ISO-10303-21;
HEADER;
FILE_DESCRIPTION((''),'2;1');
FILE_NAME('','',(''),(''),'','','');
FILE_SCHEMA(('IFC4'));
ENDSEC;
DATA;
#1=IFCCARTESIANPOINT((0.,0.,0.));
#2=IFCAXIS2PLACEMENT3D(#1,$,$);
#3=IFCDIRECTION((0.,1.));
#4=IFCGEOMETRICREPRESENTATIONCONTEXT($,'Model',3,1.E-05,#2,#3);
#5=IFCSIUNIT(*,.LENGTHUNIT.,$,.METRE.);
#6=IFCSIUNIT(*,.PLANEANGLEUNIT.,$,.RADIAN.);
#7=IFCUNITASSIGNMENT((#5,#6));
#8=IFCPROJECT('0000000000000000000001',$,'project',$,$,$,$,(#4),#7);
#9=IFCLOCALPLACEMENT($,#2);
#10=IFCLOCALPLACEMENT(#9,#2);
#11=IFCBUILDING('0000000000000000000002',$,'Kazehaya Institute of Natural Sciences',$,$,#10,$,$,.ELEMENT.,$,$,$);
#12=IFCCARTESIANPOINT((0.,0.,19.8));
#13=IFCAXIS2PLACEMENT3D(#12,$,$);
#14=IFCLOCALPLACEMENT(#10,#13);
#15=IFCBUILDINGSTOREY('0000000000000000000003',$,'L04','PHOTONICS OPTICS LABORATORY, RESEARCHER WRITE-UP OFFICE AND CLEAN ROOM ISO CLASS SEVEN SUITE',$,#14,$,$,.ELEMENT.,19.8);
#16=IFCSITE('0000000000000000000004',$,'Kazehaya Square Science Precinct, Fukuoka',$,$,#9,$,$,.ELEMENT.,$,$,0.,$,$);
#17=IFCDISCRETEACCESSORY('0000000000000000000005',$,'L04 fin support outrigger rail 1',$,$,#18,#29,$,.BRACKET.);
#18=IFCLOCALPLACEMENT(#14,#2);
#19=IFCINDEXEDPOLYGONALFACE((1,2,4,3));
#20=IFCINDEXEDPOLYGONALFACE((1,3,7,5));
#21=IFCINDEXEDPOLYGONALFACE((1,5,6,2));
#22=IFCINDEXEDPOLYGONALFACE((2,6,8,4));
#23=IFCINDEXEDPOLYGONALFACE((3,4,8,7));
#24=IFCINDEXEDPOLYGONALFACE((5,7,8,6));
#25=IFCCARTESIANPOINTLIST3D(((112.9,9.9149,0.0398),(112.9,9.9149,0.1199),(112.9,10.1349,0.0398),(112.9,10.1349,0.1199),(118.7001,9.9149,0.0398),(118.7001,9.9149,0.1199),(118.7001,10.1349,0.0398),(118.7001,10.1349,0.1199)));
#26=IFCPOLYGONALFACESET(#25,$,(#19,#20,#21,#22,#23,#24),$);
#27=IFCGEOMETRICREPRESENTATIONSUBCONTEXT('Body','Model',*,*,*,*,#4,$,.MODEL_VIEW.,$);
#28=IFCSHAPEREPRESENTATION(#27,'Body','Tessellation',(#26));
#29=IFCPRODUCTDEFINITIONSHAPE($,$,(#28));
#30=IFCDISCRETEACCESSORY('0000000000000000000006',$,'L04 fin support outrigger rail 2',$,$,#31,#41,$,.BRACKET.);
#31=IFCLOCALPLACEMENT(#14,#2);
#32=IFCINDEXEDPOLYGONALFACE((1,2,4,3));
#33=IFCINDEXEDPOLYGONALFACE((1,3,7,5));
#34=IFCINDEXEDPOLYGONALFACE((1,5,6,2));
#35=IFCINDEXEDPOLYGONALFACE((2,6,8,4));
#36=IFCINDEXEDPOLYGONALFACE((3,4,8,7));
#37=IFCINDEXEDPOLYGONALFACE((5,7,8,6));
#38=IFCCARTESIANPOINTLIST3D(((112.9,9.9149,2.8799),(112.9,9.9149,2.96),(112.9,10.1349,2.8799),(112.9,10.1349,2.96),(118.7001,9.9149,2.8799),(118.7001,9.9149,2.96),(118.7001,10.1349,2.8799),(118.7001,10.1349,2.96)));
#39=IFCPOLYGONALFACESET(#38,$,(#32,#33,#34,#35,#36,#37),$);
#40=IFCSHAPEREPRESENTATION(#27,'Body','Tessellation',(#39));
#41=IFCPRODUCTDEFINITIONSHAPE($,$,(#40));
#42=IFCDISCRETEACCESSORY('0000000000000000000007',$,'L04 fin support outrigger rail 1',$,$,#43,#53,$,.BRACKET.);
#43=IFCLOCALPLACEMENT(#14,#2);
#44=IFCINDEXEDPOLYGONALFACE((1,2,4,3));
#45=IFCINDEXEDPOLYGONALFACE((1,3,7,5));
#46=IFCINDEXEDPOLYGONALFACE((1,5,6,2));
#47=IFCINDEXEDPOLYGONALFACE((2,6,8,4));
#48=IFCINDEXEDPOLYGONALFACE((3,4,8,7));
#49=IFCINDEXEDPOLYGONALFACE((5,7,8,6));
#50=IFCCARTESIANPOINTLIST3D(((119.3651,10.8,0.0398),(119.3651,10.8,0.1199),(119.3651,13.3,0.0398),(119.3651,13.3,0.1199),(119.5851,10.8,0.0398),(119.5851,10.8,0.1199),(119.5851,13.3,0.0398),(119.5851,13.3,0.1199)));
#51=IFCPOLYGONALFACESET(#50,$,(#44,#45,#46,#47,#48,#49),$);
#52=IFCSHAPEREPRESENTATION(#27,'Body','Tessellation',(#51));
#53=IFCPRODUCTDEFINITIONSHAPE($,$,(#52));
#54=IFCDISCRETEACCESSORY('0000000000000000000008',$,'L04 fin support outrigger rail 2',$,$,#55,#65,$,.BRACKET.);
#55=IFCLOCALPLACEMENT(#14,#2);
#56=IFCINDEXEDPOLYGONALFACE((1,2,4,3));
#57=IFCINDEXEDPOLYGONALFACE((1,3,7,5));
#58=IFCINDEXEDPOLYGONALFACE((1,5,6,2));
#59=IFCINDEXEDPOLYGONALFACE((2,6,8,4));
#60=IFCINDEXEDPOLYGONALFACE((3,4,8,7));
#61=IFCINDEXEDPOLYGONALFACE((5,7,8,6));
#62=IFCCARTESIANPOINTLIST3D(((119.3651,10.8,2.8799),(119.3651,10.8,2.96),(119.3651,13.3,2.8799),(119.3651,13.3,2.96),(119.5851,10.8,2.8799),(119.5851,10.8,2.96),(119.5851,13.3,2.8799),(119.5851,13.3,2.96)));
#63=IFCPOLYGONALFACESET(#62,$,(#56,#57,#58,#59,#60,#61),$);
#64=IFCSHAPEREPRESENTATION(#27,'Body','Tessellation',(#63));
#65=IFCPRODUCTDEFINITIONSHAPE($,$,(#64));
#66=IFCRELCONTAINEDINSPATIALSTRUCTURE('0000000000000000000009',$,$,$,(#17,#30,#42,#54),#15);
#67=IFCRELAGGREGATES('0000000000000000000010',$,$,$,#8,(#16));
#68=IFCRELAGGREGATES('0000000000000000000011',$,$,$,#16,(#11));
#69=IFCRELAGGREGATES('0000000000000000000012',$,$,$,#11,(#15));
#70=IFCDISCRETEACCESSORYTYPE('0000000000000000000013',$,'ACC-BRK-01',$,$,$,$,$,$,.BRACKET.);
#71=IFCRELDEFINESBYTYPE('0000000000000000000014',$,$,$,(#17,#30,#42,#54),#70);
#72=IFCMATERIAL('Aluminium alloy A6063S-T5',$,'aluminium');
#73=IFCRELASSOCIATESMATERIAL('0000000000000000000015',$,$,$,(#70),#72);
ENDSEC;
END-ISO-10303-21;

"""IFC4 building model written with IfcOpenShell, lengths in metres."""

from ifc_helpers import new_model, si_unit, direction, frame, origin, origin_2d, place, context, subcontext, project, spatial, rectangle, extrude, material, type_object, element, save


model = new_model("IFC4")

# Units and contexts
model_context = context("Model", 3, precision=1e-05, world=origin(), true_north=direction((0.0, 1.0)))
body_context = subcontext(model_context, "Body", "Model", "MODEL_VIEW")
ifc_project = project(units=[si_unit("LENGTHUNIT", "METRE"), si_unit("PLANEANGLEUNIT", "RADIAN")], contexts=[model_context])

# Site, building, storey
site_placement = place(None, origin())
site = spatial("IfcSite", under=ifc_project, at=site_placement, Name="Kazehaya Square Science Precinct, Fukuoka", CompositionType="ELEMENT", RefElevation=0.0)
building_placement = place(site_placement, origin())
building = spatial("IfcBuilding", under=site, at=building_placement, Name="Kazehaya Institute of Natural Sciences", CompositionType="ELEMENT")
storey_placement = place(building_placement, frame((0.0, 0.0, 19.8)))
storey = spatial("IfcBuildingStorey", under=building, at=storey_placement, Name="L04", Description="PHOTONICS OPTICS LABORATORY, RESEARCHER WRITE-UP OFFICE AND CLEAN ROOM ISO CLASS SEVEN SUITE", CompositionType="ELEMENT", Elevation=19.8)

# Shared definitions
ifc_material_1 = material(Name="Aluminium alloy A6063S-T5", Category="aluminium")

# Discrete accessories
discrete_accessory_type = type_object("IfcDiscreteAccessoryType", Name="ACC-BRK-01", PredefinedType="BRACKET", material=ifc_material_1)
for number, where, z_axis, x_axis, name in (
    (1, (115.8, 10.0249, 0.0398), (0.0, 0.0, 1.0), (-1.0, 0.0, 0.0), "L04 fin support outrigger rail 1"),
    (2, (115.8, 10.0249, 2.8799), (0.0, 0.0, 1.0), (-1.0, 0.0, 0.0), "L04 fin support outrigger rail 2"),
):
    element("IfcDiscreteAccessory", number, at=place(storey_placement, frame(where, z_axis=z_axis, x_axis=x_axis)), inside=storey, type_object=discrete_accessory_type, Name=name, PredefinedType="BRACKET", context=body_context, shape_type="SweptSolid", body=[
        extrude(rectangle(XDim=5.8, YDim=0.22, at=origin_2d()), origin(), (0.0, 0.0, 1.0), 0.0801),
    ])
for number, where, z_axis, x_axis, name in (
    (3, (119.4751, 12.05, 0.0398), (0.0, 0.0, 1.0), (0.0, -1.0, 0.0), "L04 fin support outrigger rail 1"),
    (4, (119.4751, 12.05, 2.8799), (0.0, 0.0, 1.0), (0.0, -1.0, 0.0), "L04 fin support outrigger rail 2"),
):
    element("IfcDiscreteAccessory", number, at=place(storey_placement, frame(where, z_axis=z_axis, x_axis=x_axis)), inside=storey, type_object=discrete_accessory_type, Name=name, PredefinedType="BRACKET", context=body_context, shape_type="SweptSolid", body=[
        extrude(rectangle(XDim=2.5, YDim=0.22, at=origin_2d()), origin(), (0.0, 0.0, 1.0), 0.0801),
    ])

save(model, "model.ifc")
